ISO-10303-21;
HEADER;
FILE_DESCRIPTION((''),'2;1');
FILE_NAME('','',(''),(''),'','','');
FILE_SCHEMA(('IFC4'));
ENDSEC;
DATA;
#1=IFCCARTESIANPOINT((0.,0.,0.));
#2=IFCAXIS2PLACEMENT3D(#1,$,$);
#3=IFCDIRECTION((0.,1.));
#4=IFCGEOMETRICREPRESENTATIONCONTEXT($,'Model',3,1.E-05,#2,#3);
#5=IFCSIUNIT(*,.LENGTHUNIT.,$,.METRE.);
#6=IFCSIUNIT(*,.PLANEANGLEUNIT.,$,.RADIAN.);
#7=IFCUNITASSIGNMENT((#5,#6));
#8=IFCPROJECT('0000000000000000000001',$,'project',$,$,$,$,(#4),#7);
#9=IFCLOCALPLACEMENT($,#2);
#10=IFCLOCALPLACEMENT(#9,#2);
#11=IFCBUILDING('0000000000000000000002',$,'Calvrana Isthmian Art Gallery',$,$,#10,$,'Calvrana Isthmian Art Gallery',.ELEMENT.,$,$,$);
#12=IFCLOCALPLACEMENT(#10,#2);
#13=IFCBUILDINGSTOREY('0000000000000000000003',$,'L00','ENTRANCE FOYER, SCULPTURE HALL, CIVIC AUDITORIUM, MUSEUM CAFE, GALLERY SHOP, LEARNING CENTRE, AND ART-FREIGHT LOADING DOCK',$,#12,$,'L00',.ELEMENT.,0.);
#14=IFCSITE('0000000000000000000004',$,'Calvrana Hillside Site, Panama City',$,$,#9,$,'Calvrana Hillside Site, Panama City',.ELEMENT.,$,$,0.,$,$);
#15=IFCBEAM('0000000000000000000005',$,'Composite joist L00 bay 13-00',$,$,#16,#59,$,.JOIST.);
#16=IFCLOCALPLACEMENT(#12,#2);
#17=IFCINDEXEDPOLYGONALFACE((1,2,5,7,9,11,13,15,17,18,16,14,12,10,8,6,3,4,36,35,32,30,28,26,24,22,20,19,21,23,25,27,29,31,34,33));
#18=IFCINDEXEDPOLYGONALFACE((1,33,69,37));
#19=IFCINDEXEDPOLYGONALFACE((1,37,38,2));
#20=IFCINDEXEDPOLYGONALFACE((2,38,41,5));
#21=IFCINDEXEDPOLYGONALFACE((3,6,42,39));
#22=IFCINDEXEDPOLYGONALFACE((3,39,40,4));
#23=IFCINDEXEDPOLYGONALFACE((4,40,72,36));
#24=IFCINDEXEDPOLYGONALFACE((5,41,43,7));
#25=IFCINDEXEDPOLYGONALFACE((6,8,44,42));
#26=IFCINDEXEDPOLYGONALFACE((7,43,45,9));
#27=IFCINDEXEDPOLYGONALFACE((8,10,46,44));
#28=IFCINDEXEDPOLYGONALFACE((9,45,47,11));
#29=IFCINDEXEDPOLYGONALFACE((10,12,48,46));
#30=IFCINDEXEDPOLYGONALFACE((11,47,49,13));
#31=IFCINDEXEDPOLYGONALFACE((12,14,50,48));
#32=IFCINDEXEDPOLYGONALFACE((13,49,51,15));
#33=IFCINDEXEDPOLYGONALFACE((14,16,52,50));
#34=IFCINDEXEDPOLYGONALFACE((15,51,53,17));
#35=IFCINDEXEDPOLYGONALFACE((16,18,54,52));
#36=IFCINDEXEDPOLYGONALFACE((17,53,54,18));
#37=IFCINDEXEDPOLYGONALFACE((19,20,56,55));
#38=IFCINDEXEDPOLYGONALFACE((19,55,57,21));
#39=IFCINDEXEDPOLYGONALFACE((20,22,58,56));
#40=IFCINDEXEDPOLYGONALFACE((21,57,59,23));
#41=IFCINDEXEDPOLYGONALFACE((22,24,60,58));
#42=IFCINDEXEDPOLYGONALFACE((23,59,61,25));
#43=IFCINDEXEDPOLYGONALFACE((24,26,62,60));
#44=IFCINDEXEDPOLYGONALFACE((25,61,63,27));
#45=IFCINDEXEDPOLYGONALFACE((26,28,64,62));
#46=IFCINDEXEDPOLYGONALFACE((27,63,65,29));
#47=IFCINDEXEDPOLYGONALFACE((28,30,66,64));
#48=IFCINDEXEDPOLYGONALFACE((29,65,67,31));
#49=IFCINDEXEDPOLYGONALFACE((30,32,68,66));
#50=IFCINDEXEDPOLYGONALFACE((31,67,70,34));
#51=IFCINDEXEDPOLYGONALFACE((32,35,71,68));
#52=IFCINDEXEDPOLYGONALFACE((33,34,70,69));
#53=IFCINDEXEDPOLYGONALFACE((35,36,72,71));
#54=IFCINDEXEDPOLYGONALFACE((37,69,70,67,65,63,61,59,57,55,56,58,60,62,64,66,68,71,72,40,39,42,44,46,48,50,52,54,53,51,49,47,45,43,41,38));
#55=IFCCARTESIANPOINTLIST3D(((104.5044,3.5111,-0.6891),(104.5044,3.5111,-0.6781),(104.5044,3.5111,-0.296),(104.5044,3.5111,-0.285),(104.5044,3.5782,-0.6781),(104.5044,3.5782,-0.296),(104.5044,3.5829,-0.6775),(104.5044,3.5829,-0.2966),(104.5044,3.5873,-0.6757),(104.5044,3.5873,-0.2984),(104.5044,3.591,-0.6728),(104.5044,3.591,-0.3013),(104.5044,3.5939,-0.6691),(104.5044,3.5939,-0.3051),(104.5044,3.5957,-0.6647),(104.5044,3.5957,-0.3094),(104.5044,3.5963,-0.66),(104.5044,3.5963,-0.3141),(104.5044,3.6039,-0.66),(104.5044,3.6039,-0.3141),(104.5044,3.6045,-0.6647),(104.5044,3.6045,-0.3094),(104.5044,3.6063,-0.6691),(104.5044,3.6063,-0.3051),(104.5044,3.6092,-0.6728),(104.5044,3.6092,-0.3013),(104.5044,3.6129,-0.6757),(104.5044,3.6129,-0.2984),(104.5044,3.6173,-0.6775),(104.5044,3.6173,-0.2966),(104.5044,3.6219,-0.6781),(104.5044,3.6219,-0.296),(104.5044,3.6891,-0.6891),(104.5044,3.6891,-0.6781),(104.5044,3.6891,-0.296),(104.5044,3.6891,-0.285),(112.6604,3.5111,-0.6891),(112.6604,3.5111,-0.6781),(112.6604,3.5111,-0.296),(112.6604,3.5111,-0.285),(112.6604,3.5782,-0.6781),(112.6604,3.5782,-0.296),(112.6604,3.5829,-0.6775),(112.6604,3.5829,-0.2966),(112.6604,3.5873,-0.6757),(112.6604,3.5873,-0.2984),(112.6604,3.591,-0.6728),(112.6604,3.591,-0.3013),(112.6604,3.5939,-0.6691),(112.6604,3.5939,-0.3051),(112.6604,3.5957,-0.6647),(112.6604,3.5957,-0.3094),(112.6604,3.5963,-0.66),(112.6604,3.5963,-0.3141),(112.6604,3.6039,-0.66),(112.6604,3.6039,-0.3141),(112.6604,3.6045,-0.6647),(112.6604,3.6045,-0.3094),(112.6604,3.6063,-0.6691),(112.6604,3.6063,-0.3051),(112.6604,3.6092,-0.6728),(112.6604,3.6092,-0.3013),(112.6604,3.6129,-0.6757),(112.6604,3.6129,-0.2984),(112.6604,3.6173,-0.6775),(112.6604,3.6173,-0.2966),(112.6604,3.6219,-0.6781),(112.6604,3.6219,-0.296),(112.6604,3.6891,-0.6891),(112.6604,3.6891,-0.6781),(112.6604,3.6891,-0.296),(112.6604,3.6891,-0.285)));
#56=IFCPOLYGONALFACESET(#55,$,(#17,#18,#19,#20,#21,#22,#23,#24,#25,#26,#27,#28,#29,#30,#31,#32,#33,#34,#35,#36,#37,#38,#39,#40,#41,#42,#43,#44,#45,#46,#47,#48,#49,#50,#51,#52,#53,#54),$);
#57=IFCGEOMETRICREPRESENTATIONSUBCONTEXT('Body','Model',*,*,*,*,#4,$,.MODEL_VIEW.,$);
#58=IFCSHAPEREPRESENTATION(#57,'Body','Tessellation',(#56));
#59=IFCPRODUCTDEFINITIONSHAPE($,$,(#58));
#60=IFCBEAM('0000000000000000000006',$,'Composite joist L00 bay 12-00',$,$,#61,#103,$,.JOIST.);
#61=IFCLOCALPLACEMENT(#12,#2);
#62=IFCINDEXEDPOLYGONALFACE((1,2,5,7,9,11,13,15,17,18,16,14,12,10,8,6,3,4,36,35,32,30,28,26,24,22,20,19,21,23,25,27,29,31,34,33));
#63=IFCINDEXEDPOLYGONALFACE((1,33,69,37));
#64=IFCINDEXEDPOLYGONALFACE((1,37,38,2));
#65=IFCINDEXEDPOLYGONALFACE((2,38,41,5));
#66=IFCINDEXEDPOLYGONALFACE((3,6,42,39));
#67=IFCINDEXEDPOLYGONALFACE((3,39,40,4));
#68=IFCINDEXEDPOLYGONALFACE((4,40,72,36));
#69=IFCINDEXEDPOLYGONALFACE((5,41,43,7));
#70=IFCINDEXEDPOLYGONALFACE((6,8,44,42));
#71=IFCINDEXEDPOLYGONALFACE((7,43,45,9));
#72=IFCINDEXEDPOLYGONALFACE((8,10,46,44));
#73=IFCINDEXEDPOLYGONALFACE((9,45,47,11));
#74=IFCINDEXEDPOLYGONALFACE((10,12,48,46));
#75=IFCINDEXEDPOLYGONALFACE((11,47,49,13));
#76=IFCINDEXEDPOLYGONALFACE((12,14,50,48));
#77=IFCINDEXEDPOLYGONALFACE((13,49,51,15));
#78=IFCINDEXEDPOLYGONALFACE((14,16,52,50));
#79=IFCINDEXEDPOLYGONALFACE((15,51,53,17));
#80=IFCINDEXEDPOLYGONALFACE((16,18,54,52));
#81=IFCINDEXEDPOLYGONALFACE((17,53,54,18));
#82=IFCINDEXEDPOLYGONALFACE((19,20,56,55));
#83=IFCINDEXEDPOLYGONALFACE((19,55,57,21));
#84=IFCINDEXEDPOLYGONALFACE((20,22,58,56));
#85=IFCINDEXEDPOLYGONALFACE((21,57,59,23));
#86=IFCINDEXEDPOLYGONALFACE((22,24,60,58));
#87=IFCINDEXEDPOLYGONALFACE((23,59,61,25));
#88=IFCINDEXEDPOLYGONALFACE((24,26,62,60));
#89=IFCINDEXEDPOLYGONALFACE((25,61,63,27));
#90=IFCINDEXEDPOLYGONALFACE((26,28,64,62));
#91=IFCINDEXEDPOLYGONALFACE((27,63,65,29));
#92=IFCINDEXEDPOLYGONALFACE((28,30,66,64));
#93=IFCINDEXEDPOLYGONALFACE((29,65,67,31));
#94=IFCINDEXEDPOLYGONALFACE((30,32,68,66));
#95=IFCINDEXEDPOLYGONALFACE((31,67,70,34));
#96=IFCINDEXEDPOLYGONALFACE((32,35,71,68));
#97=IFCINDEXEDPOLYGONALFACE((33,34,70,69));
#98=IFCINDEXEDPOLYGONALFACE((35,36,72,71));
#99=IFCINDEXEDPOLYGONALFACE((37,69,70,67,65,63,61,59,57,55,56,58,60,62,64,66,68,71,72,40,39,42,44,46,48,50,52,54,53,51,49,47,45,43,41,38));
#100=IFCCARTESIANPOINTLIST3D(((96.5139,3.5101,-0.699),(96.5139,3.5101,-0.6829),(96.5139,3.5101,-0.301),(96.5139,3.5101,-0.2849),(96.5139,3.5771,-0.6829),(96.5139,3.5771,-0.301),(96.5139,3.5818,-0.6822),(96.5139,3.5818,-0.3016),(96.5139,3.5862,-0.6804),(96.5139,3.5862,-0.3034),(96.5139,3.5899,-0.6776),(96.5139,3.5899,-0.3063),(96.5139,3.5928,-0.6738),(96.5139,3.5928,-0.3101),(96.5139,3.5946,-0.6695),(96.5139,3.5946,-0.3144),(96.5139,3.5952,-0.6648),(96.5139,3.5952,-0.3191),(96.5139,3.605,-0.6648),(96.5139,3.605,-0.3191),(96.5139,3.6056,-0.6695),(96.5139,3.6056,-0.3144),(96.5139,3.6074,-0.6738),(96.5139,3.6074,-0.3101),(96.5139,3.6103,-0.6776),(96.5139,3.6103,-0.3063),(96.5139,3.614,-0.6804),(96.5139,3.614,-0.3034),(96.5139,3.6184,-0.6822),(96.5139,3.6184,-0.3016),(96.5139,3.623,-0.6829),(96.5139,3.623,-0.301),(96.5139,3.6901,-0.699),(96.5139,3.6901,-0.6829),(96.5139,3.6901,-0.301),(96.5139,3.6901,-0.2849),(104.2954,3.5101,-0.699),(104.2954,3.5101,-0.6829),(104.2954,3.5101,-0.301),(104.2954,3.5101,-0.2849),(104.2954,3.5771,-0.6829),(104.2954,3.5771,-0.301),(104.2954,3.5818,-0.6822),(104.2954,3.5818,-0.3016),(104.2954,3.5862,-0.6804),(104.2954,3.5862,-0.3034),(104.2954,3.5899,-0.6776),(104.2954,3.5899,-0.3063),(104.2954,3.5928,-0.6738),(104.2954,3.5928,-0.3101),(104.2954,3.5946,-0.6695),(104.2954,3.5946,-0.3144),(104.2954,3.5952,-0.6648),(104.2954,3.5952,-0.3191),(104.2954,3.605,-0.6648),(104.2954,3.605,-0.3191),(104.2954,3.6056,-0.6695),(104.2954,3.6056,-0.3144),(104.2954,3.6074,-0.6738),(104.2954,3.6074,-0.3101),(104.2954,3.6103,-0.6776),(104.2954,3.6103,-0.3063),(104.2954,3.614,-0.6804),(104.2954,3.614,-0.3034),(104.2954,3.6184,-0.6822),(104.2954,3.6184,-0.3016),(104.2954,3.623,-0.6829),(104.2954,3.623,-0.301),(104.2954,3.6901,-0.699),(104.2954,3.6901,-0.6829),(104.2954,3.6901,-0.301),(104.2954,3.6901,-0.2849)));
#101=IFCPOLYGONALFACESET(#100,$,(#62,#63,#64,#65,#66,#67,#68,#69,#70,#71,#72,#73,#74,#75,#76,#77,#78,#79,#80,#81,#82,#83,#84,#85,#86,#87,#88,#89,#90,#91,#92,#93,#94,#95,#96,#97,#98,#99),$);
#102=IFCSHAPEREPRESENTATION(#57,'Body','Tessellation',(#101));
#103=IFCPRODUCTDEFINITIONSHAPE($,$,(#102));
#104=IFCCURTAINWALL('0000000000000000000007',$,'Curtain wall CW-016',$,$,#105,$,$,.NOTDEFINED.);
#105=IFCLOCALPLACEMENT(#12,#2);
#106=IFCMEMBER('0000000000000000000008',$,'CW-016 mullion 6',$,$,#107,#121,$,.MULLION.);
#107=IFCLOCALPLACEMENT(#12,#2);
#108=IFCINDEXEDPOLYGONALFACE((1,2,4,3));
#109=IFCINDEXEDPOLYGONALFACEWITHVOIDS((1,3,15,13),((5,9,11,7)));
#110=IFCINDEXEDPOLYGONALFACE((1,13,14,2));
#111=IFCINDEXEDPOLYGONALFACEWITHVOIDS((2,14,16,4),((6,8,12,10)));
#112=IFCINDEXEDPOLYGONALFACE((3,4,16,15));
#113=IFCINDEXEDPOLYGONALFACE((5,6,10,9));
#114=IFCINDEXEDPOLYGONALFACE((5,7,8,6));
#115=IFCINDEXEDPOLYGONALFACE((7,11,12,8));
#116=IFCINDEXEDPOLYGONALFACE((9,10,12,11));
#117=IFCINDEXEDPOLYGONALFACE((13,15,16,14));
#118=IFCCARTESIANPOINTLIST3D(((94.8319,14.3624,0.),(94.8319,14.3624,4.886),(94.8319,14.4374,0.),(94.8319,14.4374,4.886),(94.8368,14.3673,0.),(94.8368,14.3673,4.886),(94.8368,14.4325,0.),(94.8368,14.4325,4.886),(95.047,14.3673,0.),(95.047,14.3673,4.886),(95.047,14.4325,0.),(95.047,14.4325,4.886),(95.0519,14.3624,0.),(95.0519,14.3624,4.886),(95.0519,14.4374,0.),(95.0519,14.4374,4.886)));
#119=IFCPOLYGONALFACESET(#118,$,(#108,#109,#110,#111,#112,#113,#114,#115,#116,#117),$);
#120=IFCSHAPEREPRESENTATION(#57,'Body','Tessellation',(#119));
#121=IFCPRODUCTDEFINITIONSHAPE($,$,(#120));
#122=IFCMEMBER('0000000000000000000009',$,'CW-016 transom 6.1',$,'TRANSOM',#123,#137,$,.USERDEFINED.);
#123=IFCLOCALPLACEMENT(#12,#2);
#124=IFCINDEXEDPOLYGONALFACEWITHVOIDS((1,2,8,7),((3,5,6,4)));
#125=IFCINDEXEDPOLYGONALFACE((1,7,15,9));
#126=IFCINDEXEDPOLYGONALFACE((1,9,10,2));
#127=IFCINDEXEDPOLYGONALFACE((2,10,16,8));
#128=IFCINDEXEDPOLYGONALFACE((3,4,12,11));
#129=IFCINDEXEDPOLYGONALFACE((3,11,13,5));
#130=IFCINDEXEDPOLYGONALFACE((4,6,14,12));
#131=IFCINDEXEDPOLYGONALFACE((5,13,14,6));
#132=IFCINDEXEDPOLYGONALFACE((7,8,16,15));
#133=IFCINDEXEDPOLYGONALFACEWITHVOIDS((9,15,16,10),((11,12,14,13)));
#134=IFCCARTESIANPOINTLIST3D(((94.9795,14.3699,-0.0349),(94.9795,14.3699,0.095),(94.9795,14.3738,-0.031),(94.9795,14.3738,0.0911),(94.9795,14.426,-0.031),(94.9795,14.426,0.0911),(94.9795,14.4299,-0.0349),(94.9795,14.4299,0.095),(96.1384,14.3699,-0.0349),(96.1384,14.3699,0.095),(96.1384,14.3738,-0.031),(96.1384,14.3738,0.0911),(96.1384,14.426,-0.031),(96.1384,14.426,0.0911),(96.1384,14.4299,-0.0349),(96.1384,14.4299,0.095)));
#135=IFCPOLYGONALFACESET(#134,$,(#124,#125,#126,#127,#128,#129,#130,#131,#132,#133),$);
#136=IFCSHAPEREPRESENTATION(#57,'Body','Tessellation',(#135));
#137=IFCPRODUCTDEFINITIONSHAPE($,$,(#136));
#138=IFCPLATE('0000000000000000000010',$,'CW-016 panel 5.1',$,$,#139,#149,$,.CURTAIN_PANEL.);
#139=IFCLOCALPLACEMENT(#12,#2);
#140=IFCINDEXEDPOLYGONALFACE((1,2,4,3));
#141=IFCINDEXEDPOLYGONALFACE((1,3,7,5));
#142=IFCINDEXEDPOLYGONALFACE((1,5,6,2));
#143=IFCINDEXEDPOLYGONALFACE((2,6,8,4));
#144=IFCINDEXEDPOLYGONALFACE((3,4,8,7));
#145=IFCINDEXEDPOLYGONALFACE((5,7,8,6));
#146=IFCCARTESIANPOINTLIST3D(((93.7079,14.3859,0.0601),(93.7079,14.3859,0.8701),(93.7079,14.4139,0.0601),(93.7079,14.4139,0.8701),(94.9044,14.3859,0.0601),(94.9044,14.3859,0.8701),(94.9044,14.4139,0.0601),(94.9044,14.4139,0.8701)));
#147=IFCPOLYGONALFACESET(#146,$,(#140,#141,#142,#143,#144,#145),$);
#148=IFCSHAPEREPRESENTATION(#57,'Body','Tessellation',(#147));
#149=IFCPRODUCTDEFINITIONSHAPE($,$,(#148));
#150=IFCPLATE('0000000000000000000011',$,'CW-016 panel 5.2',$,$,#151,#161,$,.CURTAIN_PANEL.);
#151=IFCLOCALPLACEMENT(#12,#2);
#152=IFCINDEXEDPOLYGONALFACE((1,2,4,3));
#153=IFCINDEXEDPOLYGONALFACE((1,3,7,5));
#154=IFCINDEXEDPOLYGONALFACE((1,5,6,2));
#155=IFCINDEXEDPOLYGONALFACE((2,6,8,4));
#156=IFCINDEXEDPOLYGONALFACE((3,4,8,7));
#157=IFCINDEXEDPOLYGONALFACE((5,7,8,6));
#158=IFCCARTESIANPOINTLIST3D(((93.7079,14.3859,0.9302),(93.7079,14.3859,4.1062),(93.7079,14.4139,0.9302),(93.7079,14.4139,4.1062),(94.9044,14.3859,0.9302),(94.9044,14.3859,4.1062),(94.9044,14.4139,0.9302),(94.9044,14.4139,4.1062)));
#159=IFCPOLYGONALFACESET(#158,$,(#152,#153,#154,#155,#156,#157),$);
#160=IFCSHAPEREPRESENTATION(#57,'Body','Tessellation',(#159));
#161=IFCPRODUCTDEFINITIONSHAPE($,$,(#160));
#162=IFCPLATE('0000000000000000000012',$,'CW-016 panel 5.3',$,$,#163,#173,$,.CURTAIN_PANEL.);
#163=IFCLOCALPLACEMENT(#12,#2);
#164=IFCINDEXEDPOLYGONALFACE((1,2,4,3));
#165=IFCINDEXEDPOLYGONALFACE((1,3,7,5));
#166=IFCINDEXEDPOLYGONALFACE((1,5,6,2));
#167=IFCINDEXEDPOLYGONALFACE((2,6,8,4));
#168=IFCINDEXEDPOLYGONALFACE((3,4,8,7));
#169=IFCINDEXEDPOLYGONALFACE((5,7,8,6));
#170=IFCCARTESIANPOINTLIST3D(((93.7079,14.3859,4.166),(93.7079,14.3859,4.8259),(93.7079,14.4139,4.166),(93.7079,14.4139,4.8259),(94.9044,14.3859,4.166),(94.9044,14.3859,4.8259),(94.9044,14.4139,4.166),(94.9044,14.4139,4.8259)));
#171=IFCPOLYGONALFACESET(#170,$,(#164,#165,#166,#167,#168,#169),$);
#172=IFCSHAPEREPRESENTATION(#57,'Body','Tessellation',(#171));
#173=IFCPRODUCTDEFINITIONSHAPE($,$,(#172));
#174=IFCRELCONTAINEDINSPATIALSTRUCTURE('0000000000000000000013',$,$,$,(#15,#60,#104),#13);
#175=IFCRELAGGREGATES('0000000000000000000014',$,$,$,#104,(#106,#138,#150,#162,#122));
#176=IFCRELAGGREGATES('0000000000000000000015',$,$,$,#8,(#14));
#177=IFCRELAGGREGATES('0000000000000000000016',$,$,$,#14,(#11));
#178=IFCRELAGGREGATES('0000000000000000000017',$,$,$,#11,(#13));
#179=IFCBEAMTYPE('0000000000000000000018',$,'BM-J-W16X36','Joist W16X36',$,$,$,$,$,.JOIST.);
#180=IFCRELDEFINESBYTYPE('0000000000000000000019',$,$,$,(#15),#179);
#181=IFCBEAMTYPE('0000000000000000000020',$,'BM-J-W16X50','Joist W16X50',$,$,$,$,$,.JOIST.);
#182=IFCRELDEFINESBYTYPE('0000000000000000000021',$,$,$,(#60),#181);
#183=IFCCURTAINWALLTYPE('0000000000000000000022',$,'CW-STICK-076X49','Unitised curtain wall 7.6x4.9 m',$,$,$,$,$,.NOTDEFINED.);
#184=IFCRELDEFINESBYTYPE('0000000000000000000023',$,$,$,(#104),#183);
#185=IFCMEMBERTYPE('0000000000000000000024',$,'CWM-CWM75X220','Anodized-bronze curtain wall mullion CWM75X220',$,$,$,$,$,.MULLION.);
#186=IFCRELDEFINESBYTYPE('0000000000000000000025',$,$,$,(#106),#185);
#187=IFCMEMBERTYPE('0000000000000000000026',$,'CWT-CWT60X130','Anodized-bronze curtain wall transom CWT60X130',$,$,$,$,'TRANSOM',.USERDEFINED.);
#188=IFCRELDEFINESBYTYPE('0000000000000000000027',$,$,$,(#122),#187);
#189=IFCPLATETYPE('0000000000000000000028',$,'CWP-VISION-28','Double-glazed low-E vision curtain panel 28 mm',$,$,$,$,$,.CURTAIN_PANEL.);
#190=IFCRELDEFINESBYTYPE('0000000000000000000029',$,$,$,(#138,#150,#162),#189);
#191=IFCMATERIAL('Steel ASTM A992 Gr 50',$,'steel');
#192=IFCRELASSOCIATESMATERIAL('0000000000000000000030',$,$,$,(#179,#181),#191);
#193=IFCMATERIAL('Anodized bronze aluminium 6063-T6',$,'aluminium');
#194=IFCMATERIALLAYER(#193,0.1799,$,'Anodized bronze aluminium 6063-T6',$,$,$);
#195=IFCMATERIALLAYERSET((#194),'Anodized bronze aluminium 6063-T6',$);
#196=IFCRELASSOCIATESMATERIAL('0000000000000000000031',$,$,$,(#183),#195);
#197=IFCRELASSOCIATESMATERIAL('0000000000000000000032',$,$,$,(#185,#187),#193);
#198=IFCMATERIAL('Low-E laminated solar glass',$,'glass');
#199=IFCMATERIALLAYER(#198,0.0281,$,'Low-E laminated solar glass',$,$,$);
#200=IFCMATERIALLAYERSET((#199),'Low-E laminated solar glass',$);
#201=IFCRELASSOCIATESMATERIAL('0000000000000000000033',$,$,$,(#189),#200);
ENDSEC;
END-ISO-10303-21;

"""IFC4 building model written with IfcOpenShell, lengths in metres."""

from ifc_helpers import new_model, si_unit, direction, frame, origin, origin_2d, place, context, subcontext, project, spatial, rectangle, hollow_rectangle, i_section, extrude, material, layer, layer_set, material_profile, profile_set, type_object, element, aggregate, save


model = new_model("IFC4")

# Units and contexts
model_context = context("Model", 3, precision=1e-05, world=origin(), true_north=direction((0.0, 1.0)))
body_context = subcontext(model_context, "Body", "Model", "MODEL_VIEW")
ifc_project = project(units=[si_unit("LENGTHUNIT", "METRE"), si_unit("PLANEANGLEUNIT", "RADIAN")], contexts=[model_context])

# Site, building, storey
site_placement = place(None, origin())
site = spatial("IfcSite", under=ifc_project, at=site_placement, Name="Calvrana Hillside Site, Panama City", LongName="Calvrana Hillside Site, Panama City", CompositionType="ELEMENT", RefElevation=0.0)
building_placement = place(site_placement, origin())
building = spatial("IfcBuilding", under=site, at=building_placement, Name="Calvrana Isthmian Art Gallery", LongName="Calvrana Isthmian Art Gallery", CompositionType="ELEMENT")
storey_placement = place(building_placement, origin())
storey = spatial("IfcBuildingStorey", under=building, at=storey_placement, Name="L00", Description="ENTRANCE FOYER, SCULPTURE HALL, CIVIC AUDITORIUM, MUSEUM CAFE, GALLERY SHOP, LEARNING CENTRE, AND ART-FREIGHT LOADING DOCK", LongName="L00", CompositionType="ELEMENT", Elevation=0.0)

# Shared definitions
ifc_material_1 = material(Name="Steel ASTM A992 Gr 50", Category="steel")

# Beams
ifc_material_profile_1 = material_profile(ifc_material_1, i_section(OverallWidth=0.178, OverallDepth=0.4041, WebThickness=0.0076, FlangeThickness=0.011, FilletRadius=0.0181, at=origin_2d()), Name="W16X36")
ifc_profile_set_1 = profile_set([ifc_material_profile_1], Name="Steel ASTM A992 Gr 50")
beam_type_1 = type_object("IfcBeamType", Name="BM-J-W16X36", Description="Joist W16X36", PredefinedType="JOIST", material=ifc_profile_set_1)
beam_1_placement = place(storey_placement, frame((104.5044, 3.6001, -0.4871), z_axis=(1.0, 0.0, 0.0), x_axis=(0.0, 1.0, 0.0)))
element("IfcBeam", 1, at=beam_1_placement, inside=storey, type_object=beam_type_1, Name="Composite joist L00 bay 13-00", PredefinedType="JOIST", context=body_context, shape_type="SweptSolid", body=[
    extrude(i_section(OverallWidth=0.178, OverallDepth=0.4041, WebThickness=0.0076, FlangeThickness=0.011, FilletRadius=0.0181, at=origin_2d()), origin(), (0.0, 0.0, 1.0), 8.156),
])
ifc_material_profile_2 = material_profile(ifc_material_1, i_section(OverallWidth=0.1799, OverallDepth=0.4141, WebThickness=0.0098, FlangeThickness=0.0161, FilletRadius=0.0181, at=origin_2d()), Name="W16X50")
ifc_profile_set_2 = profile_set([ifc_material_profile_2], Name="Steel ASTM A992 Gr 50")
beam_type_2 = type_object("IfcBeamType", Name="BM-J-W16X50", Description="Joist W16X50", PredefinedType="JOIST", material=ifc_profile_set_2)
beam_2_placement = place(storey_placement, frame((96.5139, 3.6001, -0.4919), z_axis=(1.0, 0.0, 0.0), x_axis=(0.0, 1.0, 0.0)))
element("IfcBeam", 2, at=beam_2_placement, inside=storey, type_object=beam_type_2, Name="Composite joist L00 bay 12-00", PredefinedType="JOIST", context=body_context, shape_type="SweptSolid", body=[
    extrude(i_section(OverallWidth=0.1799, OverallDepth=0.4141, WebThickness=0.0098, FlangeThickness=0.0161, FilletRadius=0.0181, at=origin_2d()), origin(), (0.0, 0.0, 1.0), 7.7815),
])

# Curtain wall, members, plates
ifc_material_2 = material(Name="Anodized bronze aluminium 6063-T6", Category="aluminium")
ifc_layer_1 = layer(ifc_material_2, 0.1799, Name="Anodized bronze aluminium 6063-T6")
ifc_layer_set_1 = layer_set([ifc_layer_1], Name="Anodized bronze aluminium 6063-T6")
curtain_wall_type = type_object("IfcCurtainWallType", Name="CW-STICK-076X49", Description="Unitised curtain wall 7.6x4.9 m", PredefinedType="NOTDEFINED", material=ifc_layer_set_1)
curtain_wall_placement = place(storey_placement, origin())
curtain_wall = element("IfcCurtainWall", 3, at=curtain_wall_placement, inside=storey, type_object=curtain_wall_type, Name="Curtain wall CW-016", PredefinedType="NOTDEFINED")
ifc_material_profile_3 = material_profile(ifc_material_2, hollow_rectangle(XDim=0.075, YDim=0.22, WallThickness=0.0049, at=origin_2d()), Name="CWM75X220")
ifc_profile_set_3 = profile_set([ifc_material_profile_3], Name="Anodized bronze aluminium 6063-T6")
member_type_1 = type_object("IfcMemberType", Name="CWM-CWM75X220", Description="Anodized-bronze curtain wall mullion CWM75X220", PredefinedType="MULLION", material=ifc_profile_set_3)
member_1_placement = place(storey_placement, frame((94.9419, 14.3999, 0.0), z_axis=(0.0, 0.0, 1.0), x_axis=(0.0, 1.0, 0.0)))
member_1 = element("IfcMember", 4, at=member_1_placement, type_object=member_type_1, Name="CW-016 mullion 6", PredefinedType="MULLION", context=body_context, shape_type="SweptSolid", body=[
    extrude(hollow_rectangle(XDim=0.075, YDim=0.22, WallThickness=0.0049, at=origin_2d()), origin(), (0.0, 0.0, 1.0), 4.886),
])
ifc_material_profile_4 = material_profile(ifc_material_2, hollow_rectangle(XDim=0.0601, YDim=0.1299, WallThickness=0.0039, at=origin_2d()), Name="CWT60X130")
ifc_profile_set_4 = profile_set([ifc_material_profile_4], Name="Anodized bronze aluminium 6063-T6")
member_type_2 = type_object("IfcMemberType", Name="CWT-CWT60X130", Description="Anodized-bronze curtain wall transom CWT60X130", ElementType="TRANSOM", PredefinedType="USERDEFINED", material=ifc_profile_set_4)
member_2_placement = place(storey_placement, frame((94.9795, 14.3999, 0.03), z_axis=(1.0, 0.0, 0.0), x_axis=(0.0, 1.0, 0.0)))
member_2 = element("IfcMember", 5, at=member_2_placement, type_object=member_type_2, Name="CW-016 transom 6.1", ObjectType="TRANSOM", PredefinedType="USERDEFINED", context=body_context, shape_type="SweptSolid", body=[
    extrude(hollow_rectangle(XDim=0.0601, YDim=0.1299, WallThickness=0.0039, at=origin_2d()), origin(), (0.0, 0.0, 1.0), 1.1589),
])
ifc_material_3 = material(Name="Low-E laminated solar glass", Category="glass")
ifc_layer_2 = layer(ifc_material_3, 0.0281, Name="Low-E laminated solar glass")
ifc_layer_set_2 = layer_set([ifc_layer_2], Name="Low-E laminated solar glass")
plate_type = type_object("IfcPlateType", Name="CWP-VISION-28", Description="Double-glazed low-E vision curtain panel 28 mm", PredefinedType="CURTAIN_PANEL", material=ifc_layer_set_2)
plate_1_placement = place(storey_placement, frame((94.3062, 14.3999, 0.0601), z_axis=(0.0, 0.0, 1.0), x_axis=(1.0, 0.0, 0.0)))
plate_1 = element("IfcPlate", 6, at=plate_1_placement, type_object=plate_type, Name="CW-016 panel 5.1", PredefinedType="CURTAIN_PANEL", context=body_context, shape_type="SweptSolid", body=[
    extrude(rectangle(XDim=1.1965, YDim=0.0281, at=origin_2d()), origin(), (0.0, 0.0, 1.0), 0.8101),
])
plate_2_placement = place(storey_placement, frame((94.3062, 14.3999, 0.9302), z_axis=(0.0, 0.0, 1.0), x_axis=(1.0, 0.0, 0.0)))
plate_2 = element("IfcPlate", 7, at=plate_2_placement, type_object=plate_type, Name="CW-016 panel 5.2", PredefinedType="CURTAIN_PANEL", context=body_context, shape_type="SweptSolid", body=[
    extrude(rectangle(XDim=1.1965, YDim=0.0281, at=origin_2d()), origin(), (0.0, 0.0, 1.0), 3.176),
])
plate_3_placement = place(storey_placement, frame((94.3062, 14.3999, 4.166), z_axis=(0.0, 0.0, 1.0), x_axis=(1.0, 0.0, 0.0)))
plate_3 = element("IfcPlate", 8, at=plate_3_placement, type_object=plate_type, Name="CW-016 panel 5.3", PredefinedType="CURTAIN_PANEL", context=body_context, shape_type="SweptSolid", body=[
    extrude(rectangle(XDim=1.1965, YDim=0.0281, at=origin_2d()), origin(), (0.0, 0.0, 1.0), 0.6599),
])
aggregate(curtain_wall, [member_1, plate_1, plate_2, plate_3, member_2])

save(model, "model.ifc")
